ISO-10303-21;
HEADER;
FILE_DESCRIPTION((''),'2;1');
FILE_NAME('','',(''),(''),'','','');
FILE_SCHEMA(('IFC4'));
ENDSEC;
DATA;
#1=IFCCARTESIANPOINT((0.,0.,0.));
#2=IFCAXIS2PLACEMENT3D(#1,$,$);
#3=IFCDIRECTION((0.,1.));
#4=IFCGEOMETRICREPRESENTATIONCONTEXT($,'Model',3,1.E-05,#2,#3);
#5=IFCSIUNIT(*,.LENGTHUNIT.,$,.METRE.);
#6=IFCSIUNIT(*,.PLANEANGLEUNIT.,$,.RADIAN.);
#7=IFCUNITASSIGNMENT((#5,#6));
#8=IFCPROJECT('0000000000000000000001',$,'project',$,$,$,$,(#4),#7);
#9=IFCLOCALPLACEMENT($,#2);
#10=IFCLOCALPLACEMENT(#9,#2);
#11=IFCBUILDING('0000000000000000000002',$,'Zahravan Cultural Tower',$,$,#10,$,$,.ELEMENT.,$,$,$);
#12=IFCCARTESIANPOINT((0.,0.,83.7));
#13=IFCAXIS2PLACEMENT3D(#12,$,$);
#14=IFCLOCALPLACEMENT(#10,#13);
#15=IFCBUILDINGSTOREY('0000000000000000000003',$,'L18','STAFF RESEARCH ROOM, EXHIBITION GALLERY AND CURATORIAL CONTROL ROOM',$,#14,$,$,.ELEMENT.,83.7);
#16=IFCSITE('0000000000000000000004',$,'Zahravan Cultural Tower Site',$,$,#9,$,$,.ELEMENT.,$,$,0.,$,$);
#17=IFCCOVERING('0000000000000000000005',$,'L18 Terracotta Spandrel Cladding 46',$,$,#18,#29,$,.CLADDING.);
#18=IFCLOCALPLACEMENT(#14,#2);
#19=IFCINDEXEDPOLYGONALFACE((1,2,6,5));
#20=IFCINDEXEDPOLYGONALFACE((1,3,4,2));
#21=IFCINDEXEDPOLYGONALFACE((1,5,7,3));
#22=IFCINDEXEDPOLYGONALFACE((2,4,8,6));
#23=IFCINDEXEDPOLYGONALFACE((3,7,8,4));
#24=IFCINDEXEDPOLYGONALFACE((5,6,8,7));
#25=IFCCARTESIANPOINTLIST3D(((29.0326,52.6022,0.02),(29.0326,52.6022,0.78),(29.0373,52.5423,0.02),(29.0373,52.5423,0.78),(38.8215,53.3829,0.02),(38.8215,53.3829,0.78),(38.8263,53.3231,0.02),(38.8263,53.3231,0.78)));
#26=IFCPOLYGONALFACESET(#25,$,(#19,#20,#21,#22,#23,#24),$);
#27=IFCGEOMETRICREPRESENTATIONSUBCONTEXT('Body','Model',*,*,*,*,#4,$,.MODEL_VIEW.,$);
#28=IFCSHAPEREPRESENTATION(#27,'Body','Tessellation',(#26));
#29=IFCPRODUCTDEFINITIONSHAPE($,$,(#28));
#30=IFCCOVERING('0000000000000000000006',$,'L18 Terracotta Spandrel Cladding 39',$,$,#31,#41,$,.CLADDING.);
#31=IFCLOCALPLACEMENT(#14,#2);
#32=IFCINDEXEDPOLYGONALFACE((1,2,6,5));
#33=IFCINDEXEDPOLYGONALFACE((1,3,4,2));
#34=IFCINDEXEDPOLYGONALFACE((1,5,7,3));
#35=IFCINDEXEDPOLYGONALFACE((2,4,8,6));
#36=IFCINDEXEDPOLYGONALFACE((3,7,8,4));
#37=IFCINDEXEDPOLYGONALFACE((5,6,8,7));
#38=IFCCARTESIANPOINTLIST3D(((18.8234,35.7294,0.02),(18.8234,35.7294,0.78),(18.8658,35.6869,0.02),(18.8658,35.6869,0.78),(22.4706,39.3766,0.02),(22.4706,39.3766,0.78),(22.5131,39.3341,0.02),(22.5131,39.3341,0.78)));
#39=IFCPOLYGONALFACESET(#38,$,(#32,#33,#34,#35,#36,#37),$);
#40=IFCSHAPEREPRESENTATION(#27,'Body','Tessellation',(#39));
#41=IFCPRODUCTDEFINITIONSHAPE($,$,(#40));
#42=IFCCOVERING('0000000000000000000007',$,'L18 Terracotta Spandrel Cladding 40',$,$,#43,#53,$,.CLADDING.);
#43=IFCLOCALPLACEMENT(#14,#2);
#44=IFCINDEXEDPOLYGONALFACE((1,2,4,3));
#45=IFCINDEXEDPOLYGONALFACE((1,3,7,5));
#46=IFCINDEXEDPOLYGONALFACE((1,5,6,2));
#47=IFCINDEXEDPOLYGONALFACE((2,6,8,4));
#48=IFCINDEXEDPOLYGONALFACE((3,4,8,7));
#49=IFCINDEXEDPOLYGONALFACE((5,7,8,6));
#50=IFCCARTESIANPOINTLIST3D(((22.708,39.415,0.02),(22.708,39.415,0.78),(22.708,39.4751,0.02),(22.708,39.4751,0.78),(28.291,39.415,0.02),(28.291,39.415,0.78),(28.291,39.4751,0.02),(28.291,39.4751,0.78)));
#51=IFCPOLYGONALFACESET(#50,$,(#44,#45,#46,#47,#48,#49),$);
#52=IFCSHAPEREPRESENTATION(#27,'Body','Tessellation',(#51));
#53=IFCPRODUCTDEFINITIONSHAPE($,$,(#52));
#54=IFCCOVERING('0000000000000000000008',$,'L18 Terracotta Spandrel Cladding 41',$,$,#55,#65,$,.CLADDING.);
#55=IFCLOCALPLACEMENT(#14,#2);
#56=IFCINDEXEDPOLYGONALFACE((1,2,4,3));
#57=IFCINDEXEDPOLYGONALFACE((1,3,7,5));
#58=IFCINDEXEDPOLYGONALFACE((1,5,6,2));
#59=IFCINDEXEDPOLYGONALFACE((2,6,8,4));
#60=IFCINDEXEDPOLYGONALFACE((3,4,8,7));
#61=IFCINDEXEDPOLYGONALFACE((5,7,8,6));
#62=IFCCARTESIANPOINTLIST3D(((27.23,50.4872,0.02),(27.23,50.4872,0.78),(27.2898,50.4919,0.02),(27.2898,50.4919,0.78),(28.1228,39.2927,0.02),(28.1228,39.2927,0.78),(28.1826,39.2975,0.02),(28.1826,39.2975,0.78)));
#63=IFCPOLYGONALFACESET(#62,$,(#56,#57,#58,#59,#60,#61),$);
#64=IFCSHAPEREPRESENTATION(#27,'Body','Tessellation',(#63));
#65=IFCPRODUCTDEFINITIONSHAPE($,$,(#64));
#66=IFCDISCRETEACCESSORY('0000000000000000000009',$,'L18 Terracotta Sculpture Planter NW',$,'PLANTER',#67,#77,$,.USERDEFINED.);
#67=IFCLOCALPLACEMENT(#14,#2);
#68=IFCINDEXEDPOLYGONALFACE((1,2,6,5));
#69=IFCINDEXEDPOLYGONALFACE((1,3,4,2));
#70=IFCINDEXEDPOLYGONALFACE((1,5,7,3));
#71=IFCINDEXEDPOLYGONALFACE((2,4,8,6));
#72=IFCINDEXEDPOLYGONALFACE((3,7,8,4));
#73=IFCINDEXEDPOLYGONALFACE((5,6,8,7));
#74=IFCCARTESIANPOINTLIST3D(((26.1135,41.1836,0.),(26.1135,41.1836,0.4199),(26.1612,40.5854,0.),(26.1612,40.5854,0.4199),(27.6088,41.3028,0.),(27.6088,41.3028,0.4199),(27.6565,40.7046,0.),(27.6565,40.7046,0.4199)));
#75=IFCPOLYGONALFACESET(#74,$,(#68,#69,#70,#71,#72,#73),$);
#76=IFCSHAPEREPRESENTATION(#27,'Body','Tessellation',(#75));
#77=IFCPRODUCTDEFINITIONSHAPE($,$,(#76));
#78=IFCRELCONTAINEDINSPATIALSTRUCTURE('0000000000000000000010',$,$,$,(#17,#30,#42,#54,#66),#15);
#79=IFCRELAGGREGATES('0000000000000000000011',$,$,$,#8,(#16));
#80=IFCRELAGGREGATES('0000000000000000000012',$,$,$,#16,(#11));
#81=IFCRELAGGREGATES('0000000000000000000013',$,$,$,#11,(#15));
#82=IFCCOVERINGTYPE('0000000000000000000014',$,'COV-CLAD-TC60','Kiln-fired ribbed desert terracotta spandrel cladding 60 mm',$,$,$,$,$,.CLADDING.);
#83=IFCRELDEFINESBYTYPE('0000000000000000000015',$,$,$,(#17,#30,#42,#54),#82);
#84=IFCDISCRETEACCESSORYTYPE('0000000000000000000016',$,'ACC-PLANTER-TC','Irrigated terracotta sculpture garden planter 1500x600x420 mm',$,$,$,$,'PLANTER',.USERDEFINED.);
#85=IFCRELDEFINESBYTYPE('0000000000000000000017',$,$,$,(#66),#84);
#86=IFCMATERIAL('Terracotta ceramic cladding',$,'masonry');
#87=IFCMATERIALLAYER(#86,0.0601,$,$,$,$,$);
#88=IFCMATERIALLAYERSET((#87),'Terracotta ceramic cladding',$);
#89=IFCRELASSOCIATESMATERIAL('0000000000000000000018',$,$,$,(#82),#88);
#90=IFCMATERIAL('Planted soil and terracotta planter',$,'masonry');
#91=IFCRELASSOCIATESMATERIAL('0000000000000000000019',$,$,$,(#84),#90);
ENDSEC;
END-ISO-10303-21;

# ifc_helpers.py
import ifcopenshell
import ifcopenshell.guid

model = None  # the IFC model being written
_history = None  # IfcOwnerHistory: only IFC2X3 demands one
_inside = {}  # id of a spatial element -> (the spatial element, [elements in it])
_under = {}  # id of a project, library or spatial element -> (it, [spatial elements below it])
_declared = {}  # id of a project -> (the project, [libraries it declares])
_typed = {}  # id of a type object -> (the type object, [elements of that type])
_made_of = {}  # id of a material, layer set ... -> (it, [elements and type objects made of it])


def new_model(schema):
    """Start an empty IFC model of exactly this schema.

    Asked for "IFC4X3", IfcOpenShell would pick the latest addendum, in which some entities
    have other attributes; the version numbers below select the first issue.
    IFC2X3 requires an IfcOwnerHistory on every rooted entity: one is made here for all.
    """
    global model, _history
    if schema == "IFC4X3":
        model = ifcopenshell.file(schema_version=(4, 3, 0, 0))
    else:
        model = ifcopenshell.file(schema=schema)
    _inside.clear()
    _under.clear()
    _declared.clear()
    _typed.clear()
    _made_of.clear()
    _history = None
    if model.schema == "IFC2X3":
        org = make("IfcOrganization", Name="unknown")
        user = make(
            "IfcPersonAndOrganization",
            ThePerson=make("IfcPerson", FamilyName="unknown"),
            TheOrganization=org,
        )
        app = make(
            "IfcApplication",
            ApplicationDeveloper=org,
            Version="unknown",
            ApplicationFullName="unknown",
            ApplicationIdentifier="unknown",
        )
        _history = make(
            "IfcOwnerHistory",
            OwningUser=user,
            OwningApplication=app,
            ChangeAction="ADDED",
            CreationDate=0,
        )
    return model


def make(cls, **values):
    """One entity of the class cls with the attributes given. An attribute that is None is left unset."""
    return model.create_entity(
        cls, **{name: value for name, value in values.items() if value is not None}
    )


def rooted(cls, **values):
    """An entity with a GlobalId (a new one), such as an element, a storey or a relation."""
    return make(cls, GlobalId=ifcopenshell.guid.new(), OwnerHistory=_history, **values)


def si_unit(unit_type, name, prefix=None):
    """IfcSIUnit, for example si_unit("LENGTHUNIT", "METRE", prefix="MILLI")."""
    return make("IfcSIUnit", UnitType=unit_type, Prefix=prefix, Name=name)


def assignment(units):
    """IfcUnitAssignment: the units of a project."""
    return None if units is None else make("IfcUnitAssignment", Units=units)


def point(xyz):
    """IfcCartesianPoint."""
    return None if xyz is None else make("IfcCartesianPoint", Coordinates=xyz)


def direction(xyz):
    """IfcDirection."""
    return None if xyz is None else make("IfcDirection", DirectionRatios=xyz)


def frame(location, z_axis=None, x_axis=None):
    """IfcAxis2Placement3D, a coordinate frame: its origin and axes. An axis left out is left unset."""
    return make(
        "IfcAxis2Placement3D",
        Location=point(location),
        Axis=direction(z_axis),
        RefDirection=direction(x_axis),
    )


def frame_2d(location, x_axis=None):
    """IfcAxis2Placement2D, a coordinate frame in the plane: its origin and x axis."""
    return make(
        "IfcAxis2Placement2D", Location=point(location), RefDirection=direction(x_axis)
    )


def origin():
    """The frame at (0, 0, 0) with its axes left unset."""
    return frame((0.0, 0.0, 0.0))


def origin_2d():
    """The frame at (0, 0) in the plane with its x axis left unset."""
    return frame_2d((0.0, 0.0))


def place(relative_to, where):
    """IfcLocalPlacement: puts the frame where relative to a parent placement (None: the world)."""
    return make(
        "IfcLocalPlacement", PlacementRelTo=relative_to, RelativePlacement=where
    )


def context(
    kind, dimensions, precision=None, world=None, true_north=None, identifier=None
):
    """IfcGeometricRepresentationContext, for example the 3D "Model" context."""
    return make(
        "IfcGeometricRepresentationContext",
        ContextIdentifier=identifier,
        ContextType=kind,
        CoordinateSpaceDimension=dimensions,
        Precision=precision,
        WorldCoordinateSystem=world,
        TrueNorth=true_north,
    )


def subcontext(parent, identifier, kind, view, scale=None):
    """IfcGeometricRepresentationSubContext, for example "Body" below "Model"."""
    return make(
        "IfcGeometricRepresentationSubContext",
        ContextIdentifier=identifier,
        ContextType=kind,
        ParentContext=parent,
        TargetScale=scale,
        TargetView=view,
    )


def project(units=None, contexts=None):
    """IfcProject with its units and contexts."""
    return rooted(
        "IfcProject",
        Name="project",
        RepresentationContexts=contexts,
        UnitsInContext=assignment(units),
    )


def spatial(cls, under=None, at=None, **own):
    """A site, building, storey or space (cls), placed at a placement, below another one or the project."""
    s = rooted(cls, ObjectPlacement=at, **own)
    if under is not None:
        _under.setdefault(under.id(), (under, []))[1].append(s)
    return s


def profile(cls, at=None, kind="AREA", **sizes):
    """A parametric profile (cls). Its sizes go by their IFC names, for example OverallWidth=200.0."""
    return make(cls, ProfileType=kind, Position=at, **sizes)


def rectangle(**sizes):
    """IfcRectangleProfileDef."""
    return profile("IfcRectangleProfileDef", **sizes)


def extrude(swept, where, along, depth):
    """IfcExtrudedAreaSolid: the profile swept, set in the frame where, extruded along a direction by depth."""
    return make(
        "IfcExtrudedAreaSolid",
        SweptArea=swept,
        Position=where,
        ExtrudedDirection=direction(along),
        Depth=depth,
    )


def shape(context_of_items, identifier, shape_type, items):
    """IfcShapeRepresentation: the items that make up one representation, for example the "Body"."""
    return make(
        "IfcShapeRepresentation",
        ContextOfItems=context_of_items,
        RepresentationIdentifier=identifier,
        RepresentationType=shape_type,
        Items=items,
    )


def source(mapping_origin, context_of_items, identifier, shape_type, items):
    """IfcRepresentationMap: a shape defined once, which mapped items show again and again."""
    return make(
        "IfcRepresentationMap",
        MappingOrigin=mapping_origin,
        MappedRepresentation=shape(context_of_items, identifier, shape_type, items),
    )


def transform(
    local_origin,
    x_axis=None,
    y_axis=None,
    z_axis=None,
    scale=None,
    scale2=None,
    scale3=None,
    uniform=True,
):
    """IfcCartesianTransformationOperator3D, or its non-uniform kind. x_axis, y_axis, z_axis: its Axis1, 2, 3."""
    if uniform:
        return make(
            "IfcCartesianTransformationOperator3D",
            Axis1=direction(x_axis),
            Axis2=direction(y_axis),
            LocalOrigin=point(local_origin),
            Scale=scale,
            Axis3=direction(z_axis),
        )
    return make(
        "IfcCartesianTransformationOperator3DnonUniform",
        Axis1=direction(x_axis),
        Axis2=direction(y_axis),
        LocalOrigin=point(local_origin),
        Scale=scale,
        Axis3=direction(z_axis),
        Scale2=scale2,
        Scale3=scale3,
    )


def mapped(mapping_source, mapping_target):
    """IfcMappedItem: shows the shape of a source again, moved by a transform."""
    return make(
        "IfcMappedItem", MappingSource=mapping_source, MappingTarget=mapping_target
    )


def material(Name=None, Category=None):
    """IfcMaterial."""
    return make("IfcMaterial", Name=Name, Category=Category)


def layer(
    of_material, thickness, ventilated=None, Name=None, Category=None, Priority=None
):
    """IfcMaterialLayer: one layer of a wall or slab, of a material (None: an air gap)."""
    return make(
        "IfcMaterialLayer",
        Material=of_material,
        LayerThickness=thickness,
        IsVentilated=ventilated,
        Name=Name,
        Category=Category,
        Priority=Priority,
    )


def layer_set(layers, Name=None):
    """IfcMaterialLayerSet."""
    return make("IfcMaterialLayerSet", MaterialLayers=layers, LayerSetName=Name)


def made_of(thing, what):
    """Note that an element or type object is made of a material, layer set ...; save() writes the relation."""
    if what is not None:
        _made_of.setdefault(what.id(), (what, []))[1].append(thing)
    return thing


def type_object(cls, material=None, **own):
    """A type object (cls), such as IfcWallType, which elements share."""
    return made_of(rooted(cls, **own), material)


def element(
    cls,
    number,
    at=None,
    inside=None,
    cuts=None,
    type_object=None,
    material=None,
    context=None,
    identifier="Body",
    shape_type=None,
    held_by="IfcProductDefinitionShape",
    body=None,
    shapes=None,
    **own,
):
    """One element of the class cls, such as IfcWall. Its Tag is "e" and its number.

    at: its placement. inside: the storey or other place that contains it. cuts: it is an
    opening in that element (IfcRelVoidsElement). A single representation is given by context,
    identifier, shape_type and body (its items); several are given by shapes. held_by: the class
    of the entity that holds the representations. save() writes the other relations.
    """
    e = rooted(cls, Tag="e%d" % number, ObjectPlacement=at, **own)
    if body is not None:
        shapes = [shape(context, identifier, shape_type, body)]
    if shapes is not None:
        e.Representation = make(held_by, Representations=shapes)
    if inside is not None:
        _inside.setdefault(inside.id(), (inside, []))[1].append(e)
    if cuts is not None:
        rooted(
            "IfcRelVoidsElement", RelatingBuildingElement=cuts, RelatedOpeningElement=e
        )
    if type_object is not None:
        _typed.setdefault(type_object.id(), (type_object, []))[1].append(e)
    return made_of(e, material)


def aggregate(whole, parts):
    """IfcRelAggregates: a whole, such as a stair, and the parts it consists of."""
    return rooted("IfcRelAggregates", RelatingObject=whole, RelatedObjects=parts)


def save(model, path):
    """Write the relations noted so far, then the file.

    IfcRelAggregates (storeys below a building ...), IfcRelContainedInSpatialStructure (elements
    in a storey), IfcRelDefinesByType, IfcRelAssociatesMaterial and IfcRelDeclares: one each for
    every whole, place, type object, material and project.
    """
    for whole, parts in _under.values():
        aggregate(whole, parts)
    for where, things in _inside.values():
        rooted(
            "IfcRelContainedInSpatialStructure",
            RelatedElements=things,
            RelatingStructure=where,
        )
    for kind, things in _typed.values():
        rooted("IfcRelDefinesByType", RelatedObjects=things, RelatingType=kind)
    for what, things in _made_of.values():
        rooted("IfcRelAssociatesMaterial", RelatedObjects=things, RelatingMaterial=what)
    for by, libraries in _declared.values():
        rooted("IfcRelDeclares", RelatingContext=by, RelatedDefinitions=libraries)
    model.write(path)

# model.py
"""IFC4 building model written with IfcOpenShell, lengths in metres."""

from ifc_helpers import new_model, si_unit, direction, frame, origin, origin_2d, place, context, subcontext, project, spatial, rectangle, extrude, source, transform, mapped, material, layer, layer_set, type_object, element, save


model = new_model("IFC4")

# Units and contexts
model_context = context("Model", 3, precision=1e-05, world=origin(), true_north=direction((0.0, 1.0)))
body_context = subcontext(model_context, "Body", "Model", "MODEL_VIEW")
ifc_project = project(units=[si_unit("LENGTHUNIT", "METRE"), si_unit("PLANEANGLEUNIT", "RADIAN")], contexts=[model_context])

# Site, building, storey
site_placement = place(None, origin())
site = spatial("IfcSite", under=ifc_project, at=site_placement, Name="Zahravan Cultural Tower Site", CompositionType="ELEMENT", RefElevation=0.0)
building_placement = place(site_placement, origin())
building = spatial("IfcBuilding", under=site, at=building_placement, Name="Zahravan Cultural Tower", CompositionType="ELEMENT")
storey_placement = place(building_placement, frame((0.0, 0.0, 83.7)))
storey = spatial("IfcBuildingStorey", under=building, at=storey_placement, Name="L18", Description="STAFF RESEARCH ROOM, EXHIBITION GALLERY AND CURATORIAL CONTROL ROOM", CompositionType="ELEMENT", Elevation=83.7)

# Coverings
ifc_material_1 = material(Name="Terracotta ceramic cladding", Category="masonry")
ifc_layer_1 = layer(ifc_material_1, 0.0601)
ifc_layer_set_1 = layer_set([ifc_layer_1], Name="Terracotta ceramic cladding")
covering_type = type_object("IfcCoveringType", Name="COV-CLAD-TC60", Description="Kiln-fired ribbed desert terracotta spandrel cladding 60 mm", PredefinedType="CLADDING", material=ifc_layer_set_1)
shared_shape_1 = source(origin(), body_context, "Body", "SweptSolid", [
    extrude(rectangle(XDim=9.8201, YDim=0.0601, at=origin_2d()), origin(), (0.0, 0.0, 1.0), 0.76),
])
covering_1_placement = place(storey_placement, frame((33.9294, 52.9626, 0.02), z_axis=(0.0, 0.0, 1.0), x_axis=(0.996835, 0.079503, 0.0)))
element("IfcCovering", 1, at=covering_1_placement, inside=storey, type_object=covering_type, Name="L18 Terracotta Spandrel Cladding 46", PredefinedType="CLADDING", context=body_context, shape_type="MappedRepresentation", body=[
    mapped(shared_shape_1, transform((0.0, 0.0, 0.0), x_axis=(1.0, 0.0, 0.0), y_axis=(0.0, 1.0, 0.0), z_axis=(0.0, 0.0, 1.0), scale=1.0)),
])
shared_shape_2 = source(origin(), body_context, "Body", "SweptSolid", [
    extrude(rectangle(XDim=5.158, YDim=0.0601, at=origin_2d()), origin(), (0.0, 0.0, 1.0), 0.76),
])
covering_2_placement = place(storey_placement, frame((20.6682, 37.5317, 0.02), z_axis=(0.0, 0.0, 1.0), x_axis=(0.707107, 0.707107, 0.0)))
element("IfcCovering", 2, at=covering_2_placement, inside=storey, type_object=covering_type, Name="L18 Terracotta Spandrel Cladding 39", PredefinedType="CLADDING", context=body_context, shape_type="MappedRepresentation", body=[
    mapped(shared_shape_2, transform((0.0, 0.0, 0.0), x_axis=(1.0, 0.0, 0.0), y_axis=(0.0, 1.0, 0.0), z_axis=(0.0, 0.0, 1.0), scale=1.0)),
])
shared_shape_3 = source(origin(), body_context, "Body", "SweptSolid", [
    extrude(rectangle(XDim=5.583, YDim=0.0601, at=origin_2d()), origin(), (0.0, 0.0, 1.0), 0.76),
])
covering_3_placement = place(storey_placement, frame((25.4995, 39.4451, 0.02), z_axis=(0.0, 0.0, 1.0), x_axis=(1.0, 0.0, 0.0)))
element("IfcCovering", 3, at=covering_3_placement, inside=storey, type_object=covering_type, Name="L18 Terracotta Spandrel Cladding 40", PredefinedType="CLADDING", context=body_context, shape_type="MappedRepresentation", body=[
    mapped(shared_shape_3, transform((0.0, 0.0, 0.0), x_axis=(1.0, 0.0, 0.0), y_axis=(0.0, 1.0, 0.0), z_axis=(0.0, 0.0, 1.0), scale=1.0)),
])
shared_shape_4 = source(origin(), body_context, "Body", "SweptSolid", [
    extrude(rectangle(XDim=11.23, YDim=0.0601, at=origin_2d()), origin(), (0.0, 0.0, 1.0), 0.76),
])
covering_4_placement = place(storey_placement, frame((27.7063, 44.8923, 0.02), z_axis=(0.0, 0.0, 1.0), x_axis=(-0.079503, 0.996835, 0.0)))
element("IfcCovering", 4, at=covering_4_placement, inside=storey, type_object=covering_type, Name="L18 Terracotta Spandrel Cladding 41", PredefinedType="CLADDING", context=body_context, shape_type="MappedRepresentation", body=[
    mapped(shared_shape_4, transform((0.0, 0.0, 0.0), x_axis=(1.0, 0.0, 0.0), y_axis=(0.0, 1.0, 0.0), z_axis=(0.0, 0.0, 1.0), scale=1.0)),
])

# Discrete accessory
ifc_material_2 = material(Name="Planted soil and terracotta planter", Category="masonry")
discrete_accessory_type = type_object("IfcDiscreteAccessoryType", Name="ACC-PLANTER-TC", Description="Irrigated terracotta sculpture garden planter 1500x600x420 mm", ElementType="PLANTER", PredefinedType="USERDEFINED", material=ifc_material_2)
shared_shape_5 = source(origin(), body_context, "Body", "SweptSolid", [
    extrude(rectangle(XDim=1.5, YDim=0.6001, at=origin_2d()), origin(), (0.0, 0.0, 1.0), 0.4199),
])
discrete_accessory_placement = place(storey_placement, frame((26.885, 40.9441, 0.0), z_axis=(0.0, 0.0, 1.0), x_axis=(0.996835, 0.079503, 0.0)))
element("IfcDiscreteAccessory", 5, at=discrete_accessory_placement, inside=storey, type_object=discrete_accessory_type, Name="L18 Terracotta Sculpture Planter NW", ObjectType="PLANTER", PredefinedType="USERDEFINED", context=body_context, shape_type="MappedRepresentation", body=[
    mapped(shared_shape_5, transform((0.0, 0.0, 0.0), x_axis=(1.0, 0.0, 0.0), y_axis=(0.0, 1.0, 0.0), z_axis=(0.0, 0.0, 1.0), scale=1.0)),
])

save(model, "model.ifc")
